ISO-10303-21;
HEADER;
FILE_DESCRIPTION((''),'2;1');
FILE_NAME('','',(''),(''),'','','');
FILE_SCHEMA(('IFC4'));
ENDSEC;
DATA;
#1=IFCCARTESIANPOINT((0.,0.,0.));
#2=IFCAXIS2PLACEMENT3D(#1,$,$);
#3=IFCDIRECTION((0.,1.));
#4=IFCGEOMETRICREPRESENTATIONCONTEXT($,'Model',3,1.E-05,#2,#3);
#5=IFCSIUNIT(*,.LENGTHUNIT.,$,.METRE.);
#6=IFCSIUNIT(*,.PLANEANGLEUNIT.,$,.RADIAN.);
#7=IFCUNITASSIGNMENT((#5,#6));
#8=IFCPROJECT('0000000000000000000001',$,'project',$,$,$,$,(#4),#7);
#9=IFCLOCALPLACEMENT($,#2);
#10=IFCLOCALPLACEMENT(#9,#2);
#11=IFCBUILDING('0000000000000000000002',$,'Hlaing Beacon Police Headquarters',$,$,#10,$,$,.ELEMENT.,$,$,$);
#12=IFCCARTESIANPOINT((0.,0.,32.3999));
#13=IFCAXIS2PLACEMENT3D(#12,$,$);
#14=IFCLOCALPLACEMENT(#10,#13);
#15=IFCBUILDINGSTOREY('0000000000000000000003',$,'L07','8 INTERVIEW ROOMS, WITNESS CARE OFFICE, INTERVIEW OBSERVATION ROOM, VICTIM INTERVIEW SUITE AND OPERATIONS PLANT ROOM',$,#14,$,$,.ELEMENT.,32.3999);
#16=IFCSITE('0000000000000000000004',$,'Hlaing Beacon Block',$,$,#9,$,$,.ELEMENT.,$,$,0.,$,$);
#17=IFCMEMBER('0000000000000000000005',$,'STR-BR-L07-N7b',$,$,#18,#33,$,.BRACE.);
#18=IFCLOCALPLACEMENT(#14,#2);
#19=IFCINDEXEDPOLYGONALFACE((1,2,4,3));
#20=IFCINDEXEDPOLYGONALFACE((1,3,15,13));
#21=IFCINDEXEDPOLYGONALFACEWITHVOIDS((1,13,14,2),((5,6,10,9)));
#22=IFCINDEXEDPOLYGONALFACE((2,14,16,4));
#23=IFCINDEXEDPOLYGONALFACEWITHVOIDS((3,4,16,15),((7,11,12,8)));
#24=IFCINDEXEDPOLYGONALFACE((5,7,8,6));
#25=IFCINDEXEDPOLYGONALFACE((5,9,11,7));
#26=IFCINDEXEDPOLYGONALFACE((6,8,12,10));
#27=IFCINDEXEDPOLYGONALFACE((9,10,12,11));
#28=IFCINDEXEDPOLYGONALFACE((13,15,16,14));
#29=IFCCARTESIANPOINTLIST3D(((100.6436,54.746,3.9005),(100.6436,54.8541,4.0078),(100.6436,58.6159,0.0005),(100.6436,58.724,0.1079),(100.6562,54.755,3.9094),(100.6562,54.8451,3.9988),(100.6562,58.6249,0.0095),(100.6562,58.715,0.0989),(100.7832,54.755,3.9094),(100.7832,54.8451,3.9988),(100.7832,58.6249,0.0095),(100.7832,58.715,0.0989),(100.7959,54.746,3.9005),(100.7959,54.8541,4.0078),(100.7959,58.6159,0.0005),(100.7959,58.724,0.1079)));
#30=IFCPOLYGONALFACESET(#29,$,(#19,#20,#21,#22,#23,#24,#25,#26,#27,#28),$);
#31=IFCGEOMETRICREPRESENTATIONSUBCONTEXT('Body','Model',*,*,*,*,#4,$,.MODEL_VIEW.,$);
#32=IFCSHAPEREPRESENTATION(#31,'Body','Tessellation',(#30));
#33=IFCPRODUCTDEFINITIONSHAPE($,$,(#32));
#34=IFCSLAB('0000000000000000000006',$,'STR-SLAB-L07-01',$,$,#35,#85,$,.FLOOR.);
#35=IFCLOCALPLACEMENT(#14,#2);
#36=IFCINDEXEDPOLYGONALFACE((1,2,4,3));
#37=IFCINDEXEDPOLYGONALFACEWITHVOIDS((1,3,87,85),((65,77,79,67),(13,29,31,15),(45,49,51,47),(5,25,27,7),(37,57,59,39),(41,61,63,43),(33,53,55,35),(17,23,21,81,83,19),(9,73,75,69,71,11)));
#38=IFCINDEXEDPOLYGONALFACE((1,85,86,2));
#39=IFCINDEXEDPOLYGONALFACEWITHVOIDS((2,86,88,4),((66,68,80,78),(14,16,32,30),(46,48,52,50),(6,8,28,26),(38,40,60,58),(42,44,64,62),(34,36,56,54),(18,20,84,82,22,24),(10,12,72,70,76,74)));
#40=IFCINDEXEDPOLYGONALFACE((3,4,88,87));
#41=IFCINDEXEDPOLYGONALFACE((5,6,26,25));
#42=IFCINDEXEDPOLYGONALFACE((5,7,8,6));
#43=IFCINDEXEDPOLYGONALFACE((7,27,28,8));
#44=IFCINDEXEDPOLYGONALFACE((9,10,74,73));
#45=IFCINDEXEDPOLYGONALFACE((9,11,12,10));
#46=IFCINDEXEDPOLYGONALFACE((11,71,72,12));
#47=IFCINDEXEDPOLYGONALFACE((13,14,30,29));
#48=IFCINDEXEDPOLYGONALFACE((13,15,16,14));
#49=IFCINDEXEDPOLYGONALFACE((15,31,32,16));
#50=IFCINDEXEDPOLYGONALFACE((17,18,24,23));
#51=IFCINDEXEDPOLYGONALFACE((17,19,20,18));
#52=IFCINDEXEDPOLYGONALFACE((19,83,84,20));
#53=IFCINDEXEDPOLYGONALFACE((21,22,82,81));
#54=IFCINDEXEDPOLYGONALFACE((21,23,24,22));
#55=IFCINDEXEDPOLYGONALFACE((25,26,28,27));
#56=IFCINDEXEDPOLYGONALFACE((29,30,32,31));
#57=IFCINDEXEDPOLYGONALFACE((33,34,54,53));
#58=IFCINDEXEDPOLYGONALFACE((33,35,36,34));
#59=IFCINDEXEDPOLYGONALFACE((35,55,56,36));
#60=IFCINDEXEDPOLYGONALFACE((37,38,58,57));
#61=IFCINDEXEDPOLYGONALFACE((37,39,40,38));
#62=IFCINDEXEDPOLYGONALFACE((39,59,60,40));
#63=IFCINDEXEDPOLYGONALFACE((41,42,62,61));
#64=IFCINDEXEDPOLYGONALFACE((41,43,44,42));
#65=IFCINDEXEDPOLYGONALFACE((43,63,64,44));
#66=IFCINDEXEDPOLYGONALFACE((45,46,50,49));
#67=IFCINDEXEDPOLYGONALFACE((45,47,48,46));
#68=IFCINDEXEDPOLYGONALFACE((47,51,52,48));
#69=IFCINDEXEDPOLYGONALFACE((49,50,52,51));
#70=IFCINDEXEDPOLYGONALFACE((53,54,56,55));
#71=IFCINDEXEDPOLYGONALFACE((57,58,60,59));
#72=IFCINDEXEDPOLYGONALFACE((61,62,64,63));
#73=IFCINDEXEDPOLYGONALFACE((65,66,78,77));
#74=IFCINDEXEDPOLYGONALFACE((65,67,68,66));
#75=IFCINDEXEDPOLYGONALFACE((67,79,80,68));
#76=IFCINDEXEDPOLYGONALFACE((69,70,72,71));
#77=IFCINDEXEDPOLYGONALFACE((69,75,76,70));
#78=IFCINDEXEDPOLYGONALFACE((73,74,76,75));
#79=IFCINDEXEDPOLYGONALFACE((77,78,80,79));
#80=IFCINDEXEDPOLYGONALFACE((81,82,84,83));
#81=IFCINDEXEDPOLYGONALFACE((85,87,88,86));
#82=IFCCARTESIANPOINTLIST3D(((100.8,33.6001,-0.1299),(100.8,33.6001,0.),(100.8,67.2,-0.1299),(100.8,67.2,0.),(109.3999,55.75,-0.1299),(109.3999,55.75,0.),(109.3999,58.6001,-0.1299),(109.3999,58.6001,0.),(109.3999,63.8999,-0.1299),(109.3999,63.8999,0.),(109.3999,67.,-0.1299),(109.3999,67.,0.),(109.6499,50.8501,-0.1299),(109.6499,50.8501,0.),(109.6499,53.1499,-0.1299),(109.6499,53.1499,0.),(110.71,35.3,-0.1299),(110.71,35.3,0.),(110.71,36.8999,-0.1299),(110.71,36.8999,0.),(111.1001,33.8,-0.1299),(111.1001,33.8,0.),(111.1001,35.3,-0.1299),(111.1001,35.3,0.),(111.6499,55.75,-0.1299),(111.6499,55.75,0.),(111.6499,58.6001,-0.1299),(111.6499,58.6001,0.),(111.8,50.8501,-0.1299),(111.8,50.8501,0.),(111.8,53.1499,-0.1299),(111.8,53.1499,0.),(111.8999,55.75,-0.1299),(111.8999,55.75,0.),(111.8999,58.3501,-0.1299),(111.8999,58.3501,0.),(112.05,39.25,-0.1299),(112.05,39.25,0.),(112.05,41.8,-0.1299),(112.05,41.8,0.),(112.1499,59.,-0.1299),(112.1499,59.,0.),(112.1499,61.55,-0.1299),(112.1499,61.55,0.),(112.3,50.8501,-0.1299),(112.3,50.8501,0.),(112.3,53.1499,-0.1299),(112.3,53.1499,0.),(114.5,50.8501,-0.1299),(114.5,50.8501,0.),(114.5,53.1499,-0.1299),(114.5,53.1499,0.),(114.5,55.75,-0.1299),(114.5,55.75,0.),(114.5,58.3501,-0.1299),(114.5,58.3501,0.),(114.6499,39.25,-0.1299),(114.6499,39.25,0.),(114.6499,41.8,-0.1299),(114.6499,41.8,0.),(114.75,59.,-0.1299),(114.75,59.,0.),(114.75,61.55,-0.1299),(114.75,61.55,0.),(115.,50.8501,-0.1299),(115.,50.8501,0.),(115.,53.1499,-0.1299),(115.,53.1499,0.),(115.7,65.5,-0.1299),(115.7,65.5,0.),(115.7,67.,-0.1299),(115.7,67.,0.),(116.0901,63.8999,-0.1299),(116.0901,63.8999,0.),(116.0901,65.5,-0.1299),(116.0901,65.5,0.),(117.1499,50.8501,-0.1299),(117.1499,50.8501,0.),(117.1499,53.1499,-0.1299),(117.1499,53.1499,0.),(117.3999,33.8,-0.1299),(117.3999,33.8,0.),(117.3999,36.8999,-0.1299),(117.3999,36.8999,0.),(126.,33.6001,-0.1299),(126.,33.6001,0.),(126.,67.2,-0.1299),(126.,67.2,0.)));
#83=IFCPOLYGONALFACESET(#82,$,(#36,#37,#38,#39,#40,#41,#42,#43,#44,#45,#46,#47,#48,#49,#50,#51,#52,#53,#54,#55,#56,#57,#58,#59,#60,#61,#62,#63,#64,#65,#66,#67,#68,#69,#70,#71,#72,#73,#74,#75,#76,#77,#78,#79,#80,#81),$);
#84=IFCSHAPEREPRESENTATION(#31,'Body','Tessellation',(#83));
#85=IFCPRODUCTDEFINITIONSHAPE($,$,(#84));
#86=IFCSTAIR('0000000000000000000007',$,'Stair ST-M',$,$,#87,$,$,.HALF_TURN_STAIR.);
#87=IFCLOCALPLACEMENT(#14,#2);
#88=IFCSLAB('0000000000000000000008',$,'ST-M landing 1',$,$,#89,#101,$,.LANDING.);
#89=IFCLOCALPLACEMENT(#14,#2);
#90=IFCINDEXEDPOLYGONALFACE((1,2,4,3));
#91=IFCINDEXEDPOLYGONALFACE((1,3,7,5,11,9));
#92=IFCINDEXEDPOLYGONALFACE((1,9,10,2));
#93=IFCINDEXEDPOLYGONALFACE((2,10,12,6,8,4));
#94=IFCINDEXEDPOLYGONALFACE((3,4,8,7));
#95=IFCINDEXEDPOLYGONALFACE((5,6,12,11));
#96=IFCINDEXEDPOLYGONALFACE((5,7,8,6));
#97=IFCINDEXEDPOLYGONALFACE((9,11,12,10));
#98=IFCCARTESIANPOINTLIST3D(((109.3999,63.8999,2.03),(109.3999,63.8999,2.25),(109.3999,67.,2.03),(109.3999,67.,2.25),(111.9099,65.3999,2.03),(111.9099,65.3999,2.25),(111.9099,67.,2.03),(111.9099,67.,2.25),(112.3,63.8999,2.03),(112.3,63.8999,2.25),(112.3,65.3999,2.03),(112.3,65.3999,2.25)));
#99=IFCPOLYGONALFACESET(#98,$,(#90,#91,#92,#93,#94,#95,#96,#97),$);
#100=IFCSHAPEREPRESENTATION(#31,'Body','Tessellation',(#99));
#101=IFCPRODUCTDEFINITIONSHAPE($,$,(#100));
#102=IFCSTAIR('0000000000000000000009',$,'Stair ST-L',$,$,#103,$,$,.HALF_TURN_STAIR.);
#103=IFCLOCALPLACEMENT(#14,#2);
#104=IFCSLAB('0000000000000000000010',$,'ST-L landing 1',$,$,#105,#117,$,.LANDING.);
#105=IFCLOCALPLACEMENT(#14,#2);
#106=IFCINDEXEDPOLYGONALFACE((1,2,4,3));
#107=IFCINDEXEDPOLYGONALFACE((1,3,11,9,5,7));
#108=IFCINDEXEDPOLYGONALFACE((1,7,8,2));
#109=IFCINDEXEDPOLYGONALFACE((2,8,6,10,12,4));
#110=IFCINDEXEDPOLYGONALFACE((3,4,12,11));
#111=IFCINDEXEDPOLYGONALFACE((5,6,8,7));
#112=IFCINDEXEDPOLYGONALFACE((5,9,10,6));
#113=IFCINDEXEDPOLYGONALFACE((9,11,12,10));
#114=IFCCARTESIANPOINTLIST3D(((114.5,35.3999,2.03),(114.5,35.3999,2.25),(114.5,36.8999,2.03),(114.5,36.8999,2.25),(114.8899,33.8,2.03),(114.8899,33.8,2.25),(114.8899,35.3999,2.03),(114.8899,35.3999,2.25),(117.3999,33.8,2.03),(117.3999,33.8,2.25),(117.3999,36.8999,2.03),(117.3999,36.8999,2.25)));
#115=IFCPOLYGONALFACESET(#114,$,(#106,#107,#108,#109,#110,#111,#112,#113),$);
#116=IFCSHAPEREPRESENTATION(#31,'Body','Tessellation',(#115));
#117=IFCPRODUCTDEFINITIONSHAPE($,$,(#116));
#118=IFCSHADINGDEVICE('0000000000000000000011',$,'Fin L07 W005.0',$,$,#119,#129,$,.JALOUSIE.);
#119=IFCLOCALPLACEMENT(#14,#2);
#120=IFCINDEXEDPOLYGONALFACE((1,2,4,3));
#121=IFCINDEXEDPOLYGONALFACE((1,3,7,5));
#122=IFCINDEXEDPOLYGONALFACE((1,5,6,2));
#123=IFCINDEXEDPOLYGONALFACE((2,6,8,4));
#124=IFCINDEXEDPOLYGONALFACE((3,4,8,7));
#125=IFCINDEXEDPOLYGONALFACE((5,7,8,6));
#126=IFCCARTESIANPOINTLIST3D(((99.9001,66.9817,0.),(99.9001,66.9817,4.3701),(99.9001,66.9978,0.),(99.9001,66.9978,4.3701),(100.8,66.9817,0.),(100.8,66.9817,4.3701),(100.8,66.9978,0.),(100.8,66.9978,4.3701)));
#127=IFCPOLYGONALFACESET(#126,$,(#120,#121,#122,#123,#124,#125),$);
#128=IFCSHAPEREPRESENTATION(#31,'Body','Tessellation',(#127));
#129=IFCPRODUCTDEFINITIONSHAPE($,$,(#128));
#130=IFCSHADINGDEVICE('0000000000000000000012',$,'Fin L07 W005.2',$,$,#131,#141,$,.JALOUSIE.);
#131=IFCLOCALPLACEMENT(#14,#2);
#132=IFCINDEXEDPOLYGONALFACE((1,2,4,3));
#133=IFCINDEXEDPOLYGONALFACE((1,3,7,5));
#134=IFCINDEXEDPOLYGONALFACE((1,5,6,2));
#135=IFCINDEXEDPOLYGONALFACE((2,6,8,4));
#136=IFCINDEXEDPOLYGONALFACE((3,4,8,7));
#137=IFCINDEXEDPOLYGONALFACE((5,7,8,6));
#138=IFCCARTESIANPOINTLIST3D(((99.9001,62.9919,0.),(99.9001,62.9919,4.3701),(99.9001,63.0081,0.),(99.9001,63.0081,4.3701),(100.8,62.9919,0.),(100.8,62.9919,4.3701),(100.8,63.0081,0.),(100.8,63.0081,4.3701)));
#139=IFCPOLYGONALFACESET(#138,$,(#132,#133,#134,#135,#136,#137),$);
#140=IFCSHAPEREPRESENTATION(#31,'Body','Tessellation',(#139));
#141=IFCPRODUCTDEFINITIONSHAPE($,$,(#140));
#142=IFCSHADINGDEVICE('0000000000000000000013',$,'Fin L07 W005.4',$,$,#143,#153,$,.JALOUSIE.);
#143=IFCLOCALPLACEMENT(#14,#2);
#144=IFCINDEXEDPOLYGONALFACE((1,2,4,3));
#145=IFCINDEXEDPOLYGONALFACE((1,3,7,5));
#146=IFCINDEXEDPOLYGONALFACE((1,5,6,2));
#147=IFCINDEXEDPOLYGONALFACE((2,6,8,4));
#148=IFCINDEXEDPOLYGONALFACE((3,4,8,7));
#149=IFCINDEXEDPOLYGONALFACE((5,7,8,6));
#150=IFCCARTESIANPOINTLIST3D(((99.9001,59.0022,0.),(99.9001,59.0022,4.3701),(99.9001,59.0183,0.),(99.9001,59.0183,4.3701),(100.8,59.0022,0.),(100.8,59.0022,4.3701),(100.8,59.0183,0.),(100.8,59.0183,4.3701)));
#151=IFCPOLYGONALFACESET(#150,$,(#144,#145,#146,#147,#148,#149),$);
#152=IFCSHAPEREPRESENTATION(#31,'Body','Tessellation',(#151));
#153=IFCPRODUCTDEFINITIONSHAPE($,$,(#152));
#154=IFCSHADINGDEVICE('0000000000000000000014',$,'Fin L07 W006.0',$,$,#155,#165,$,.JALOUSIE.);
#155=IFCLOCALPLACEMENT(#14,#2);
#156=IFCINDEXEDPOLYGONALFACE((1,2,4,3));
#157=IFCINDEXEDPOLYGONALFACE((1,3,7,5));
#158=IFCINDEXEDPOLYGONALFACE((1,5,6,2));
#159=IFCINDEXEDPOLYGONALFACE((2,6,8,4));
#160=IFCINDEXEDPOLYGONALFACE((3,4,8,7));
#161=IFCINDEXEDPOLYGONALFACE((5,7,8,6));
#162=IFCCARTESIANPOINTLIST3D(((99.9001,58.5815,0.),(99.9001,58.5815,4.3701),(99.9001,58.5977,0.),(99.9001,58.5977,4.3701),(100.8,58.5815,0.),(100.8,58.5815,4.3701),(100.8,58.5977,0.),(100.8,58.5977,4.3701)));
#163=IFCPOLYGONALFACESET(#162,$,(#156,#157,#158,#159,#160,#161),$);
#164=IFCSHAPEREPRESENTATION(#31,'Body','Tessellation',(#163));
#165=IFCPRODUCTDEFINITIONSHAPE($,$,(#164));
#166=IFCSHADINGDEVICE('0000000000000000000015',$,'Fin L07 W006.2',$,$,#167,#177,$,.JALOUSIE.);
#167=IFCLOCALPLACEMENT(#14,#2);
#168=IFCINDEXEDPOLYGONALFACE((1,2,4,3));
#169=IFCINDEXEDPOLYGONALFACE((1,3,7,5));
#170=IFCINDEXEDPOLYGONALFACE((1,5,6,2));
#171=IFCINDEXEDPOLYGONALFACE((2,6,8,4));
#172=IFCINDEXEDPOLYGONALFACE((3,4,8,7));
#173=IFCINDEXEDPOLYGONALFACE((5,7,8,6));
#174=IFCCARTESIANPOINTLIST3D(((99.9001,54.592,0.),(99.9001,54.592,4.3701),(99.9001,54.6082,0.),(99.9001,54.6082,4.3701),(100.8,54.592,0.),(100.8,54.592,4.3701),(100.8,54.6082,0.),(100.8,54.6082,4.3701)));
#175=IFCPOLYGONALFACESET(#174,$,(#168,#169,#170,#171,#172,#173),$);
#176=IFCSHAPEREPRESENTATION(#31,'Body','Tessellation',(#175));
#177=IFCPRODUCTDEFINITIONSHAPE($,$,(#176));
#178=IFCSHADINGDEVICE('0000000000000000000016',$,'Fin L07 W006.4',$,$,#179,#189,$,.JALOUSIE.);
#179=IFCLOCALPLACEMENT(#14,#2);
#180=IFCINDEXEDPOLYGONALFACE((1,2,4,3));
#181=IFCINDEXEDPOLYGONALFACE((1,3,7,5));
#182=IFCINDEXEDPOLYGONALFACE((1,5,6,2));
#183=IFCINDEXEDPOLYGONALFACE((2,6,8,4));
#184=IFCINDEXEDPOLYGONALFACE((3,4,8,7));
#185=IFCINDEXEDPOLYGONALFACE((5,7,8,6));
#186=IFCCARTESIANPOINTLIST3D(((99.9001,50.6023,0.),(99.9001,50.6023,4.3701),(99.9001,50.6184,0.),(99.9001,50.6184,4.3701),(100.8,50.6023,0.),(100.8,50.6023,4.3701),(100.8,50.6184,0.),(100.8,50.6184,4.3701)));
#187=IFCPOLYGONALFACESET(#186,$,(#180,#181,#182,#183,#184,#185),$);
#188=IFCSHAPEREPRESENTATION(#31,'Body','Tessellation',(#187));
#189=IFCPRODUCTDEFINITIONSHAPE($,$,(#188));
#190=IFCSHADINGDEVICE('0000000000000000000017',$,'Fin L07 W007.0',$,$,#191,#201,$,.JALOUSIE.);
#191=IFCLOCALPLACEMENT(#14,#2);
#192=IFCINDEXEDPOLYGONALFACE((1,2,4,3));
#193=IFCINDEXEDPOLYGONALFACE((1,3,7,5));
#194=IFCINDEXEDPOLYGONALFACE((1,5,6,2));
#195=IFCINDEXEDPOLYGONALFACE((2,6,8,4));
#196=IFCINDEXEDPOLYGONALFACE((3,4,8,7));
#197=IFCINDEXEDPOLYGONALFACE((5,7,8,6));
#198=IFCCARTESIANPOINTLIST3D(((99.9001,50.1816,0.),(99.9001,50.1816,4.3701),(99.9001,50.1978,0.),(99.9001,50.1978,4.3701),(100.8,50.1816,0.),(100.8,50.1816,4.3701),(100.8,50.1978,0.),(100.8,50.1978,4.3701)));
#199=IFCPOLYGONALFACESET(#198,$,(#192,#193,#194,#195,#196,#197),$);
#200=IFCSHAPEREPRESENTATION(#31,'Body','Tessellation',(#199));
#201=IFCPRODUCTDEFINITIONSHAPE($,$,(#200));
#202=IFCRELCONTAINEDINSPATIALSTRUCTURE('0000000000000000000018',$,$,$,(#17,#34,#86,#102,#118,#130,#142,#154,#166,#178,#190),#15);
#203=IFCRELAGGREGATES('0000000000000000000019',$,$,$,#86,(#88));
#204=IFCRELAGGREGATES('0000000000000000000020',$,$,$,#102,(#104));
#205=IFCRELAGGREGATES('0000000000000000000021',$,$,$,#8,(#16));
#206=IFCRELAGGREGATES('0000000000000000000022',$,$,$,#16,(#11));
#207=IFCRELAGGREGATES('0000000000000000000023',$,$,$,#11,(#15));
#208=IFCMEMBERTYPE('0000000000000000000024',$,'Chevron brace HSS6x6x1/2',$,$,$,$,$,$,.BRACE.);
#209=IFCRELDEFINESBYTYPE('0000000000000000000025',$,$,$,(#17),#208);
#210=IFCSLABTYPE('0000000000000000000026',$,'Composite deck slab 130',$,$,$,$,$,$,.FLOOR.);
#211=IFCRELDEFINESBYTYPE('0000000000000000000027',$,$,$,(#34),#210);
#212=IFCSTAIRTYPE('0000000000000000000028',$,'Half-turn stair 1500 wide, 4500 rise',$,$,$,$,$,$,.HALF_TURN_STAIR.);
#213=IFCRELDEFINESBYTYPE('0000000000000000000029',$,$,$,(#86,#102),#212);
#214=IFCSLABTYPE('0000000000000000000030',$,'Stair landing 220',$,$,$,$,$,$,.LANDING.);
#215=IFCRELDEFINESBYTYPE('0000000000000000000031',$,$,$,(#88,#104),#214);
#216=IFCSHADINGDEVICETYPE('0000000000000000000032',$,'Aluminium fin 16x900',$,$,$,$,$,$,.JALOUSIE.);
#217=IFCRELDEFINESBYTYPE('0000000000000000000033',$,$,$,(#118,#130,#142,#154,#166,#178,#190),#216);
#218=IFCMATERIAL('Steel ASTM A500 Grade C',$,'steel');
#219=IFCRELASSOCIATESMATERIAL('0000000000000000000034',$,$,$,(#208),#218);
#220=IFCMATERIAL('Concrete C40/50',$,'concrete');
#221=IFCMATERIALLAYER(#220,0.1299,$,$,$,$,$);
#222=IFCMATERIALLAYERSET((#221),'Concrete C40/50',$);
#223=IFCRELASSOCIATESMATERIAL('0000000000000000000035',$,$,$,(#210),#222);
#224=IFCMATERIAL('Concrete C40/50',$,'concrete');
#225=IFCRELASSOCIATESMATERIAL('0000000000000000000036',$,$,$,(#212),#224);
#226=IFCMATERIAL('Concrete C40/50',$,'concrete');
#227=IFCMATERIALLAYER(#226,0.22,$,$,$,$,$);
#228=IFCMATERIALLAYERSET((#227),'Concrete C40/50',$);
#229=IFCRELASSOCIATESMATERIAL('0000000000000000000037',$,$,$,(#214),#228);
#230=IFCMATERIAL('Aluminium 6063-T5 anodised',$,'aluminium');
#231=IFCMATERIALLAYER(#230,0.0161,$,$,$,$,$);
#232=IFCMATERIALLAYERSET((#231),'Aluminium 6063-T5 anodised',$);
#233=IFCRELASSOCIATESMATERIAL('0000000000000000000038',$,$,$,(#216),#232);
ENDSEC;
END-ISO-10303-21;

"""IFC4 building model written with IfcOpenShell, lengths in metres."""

from ifc_helpers import new_model, si_unit, direction, frame, origin, origin_2d, place, context, subcontext, project, spatial, polyline, rectangle, hollow_rectangle, outline, extrude, material, layer, layer_set, material_profile, profile_set, type_object, element, aggregate, save


model = new_model("IFC4")

# Units and contexts
model_context = context("Model", 3, precision=1e-05, world=origin(), true_north=direction((0.0, 1.0)))
body_context = subcontext(model_context, "Body", "Model", "MODEL_VIEW")
ifc_project = project(units=[si_unit("LENGTHUNIT", "METRE"), si_unit("PLANEANGLEUNIT", "RADIAN")], contexts=[model_context])

# Site, building, storey
site_placement = place(None, origin())
site = spatial("IfcSite", under=ifc_project, at=site_placement, Name="Hlaing Beacon Block", CompositionType="ELEMENT", RefElevation=0.0)
building_placement = place(site_placement, origin())
building = spatial("IfcBuilding", under=site, at=building_placement, Name="Hlaing Beacon Police Headquarters", CompositionType="ELEMENT")
storey_placement = place(building_placement, frame((0.0, 0.0, 32.3999)))
storey = spatial("IfcBuildingStorey", under=building, at=storey_placement, Name="L07", Description="8 INTERVIEW ROOMS, WITNESS CARE OFFICE, INTERVIEW OBSERVATION ROOM, VICTIM INTERVIEW SUITE AND OPERATIONS PLANT ROOM", CompositionType="ELEMENT", Elevation=32.3999)

# Member
ifc_material_1 = material(Name="Steel ASTM A500 Grade C", Category="steel")
ifc_material_profile_1 = material_profile(ifc_material_1, hollow_rectangle(XDim=0.1523, YDim=0.1523, WallThickness=0.0127, at=origin_2d()), Name="HSS6x6x1/2")
ifc_profile_set_1 = profile_set([ifc_material_profile_1], Name="Steel ASTM A500 Grade C")
member_type = type_object("IfcMemberType", Name="Chevron brace HSS6x6x1/2", PredefinedType="BRACE", material=ifc_profile_set_1)
for number, where, z_axis, x_axis, name in (
    (1, (100.7197, 58.6699, 0.0542), (0.0, -0.704369, 0.709834), (1.0, 0.0, 0.0), "STR-BR-L07-N7b"),
):
    element("IfcMember", number, at=place(storey_placement, frame(where, z_axis=z_axis, x_axis=x_axis)), inside=storey, type_object=member_type, Name=name, PredefinedType="BRACE", context=body_context, shape_type="SweptSolid", body=[
        extrude(hollow_rectangle(XDim=0.1523, YDim=0.1523, WallThickness=0.0127, at=origin_2d()), origin(), (0.0, 0.0, 1.0), 5.4941),
    ])

# Slab
ifc_material_2 = material(Name="Concrete C40/50", Category="concrete")
ifc_layer_1 = layer(ifc_material_2, 0.1299)
ifc_layer_set_1 = layer_set([ifc_layer_1], Name="Concrete C40/50")
slab_type_1 = type_object("IfcSlabType", Name="Composite deck slab 130", PredefinedType="FLOOR", material=ifc_layer_set_1)
slab_1_placement = place(storey_placement, frame((0.0, 0.0, -0.1299)))
element("IfcSlab", 2, at=slab_1_placement, inside=storey, type_object=slab_type_1, Name="STR-SLAB-L07-01", PredefinedType="FLOOR", context=body_context, shape_type="SweptSolid", body=[
    extrude(outline(polyline([(100.8, 33.6001), (126.0, 33.6001), (126.0, 67.2), (100.8, 67.2), (100.8, 33.6001)]), holes=[polyline([(109.3999, 55.75), (111.6499, 55.75), (111.6499, 58.6001), (109.3999, 58.6001), (109.3999, 55.75)]), polyline([(109.3999, 63.8999), (116.0901, 63.8999), (116.0901, 65.5), (115.7, 65.5), (115.7, 67.0), (109.3999, 67.0), (109.3999, 63.8999)]), polyline([(109.6499, 50.8501), (111.8, 50.8501), (111.8, 53.1499), (109.6499, 53.1499), (109.6499, 50.8501)]), polyline([(111.1001, 33.8), (117.3999, 33.8), (117.3999, 36.8999), (110.71, 36.8999), (110.71, 35.3), (111.1001, 35.3), (111.1001, 33.8)]), polyline([(111.8999, 55.75), (114.5, 55.75), (114.5, 58.3501), (111.8999, 58.3501), (111.8999, 55.75)]), polyline([(112.05, 39.25), (114.6499, 39.25), (114.6499, 41.8), (112.05, 41.8), (112.05, 39.25)]), polyline([(112.1499, 59.0), (114.75, 59.0), (114.75, 61.55), (112.1499, 61.55), (112.1499, 59.0)]), polyline([(112.3, 50.8501), (114.5, 50.8501), (114.5, 53.1499), (112.3, 53.1499), (112.3, 50.8501)]), polyline([(115.0, 50.8501), (117.1499, 50.8501), (117.1499, 53.1499), (115.0, 53.1499), (115.0, 50.8501)])]), origin(), (0.0, 0.0, 1.0), 0.1299),
])

# Stairs, slabs
ifc_material_3 = material(Name="Concrete C40/50", Category="concrete")
stair_type = type_object("IfcStairType", Name="Half-turn stair 1500 wide, 4500 rise", PredefinedType="HALF_TURN_STAIR", material=ifc_material_3)
stair_1_placement = place(storey_placement, origin())
stair_1 = element("IfcStair", 3, at=stair_1_placement, inside=storey, type_object=stair_type, Name="Stair ST-M", PredefinedType="HALF_TURN_STAIR")
ifc_material_4 = material(Name="Concrete C40/50", Category="concrete")
ifc_layer_2 = layer(ifc_material_4, 0.22)
ifc_layer_set_2 = layer_set([ifc_layer_2], Name="Concrete C40/50")
slab_type_2 = type_object("IfcSlabType", Name="Stair landing 220", PredefinedType="LANDING", material=ifc_layer_set_2)
slab_2_placement = place(storey_placement, frame((0.0, 0.0, 2.03)))
slab_2 = element("IfcSlab", 4, at=slab_2_placement, type_object=slab_type_2, Name="ST-M landing 1", PredefinedType="LANDING", context=body_context, shape_type="SweptSolid", body=[
    extrude(outline(polyline([(111.9099, 67.0), (109.3999, 67.0), (109.3999, 63.8999), (112.3, 63.8999), (112.3, 65.3999), (111.9099, 65.3999), (111.9099, 67.0)])), origin(), (0.0, 0.0, 1.0), 0.22),
])
aggregate(stair_1, [slab_2])
stair_2_placement = place(storey_placement, origin())
stair_2 = element("IfcStair", 5, at=stair_2_placement, inside=storey, type_object=stair_type, Name="Stair ST-L", PredefinedType="HALF_TURN_STAIR")
slab_3_placement = place(storey_placement, frame((0.0, 0.0, 2.03)))
slab_3 = element("IfcSlab", 6, at=slab_3_placement, type_object=slab_type_2, Name="ST-L landing 1", PredefinedType="LANDING", context=body_context, shape_type="SweptSolid", body=[
    extrude(outline(polyline([(114.8899, 33.8), (117.3999, 33.8), (117.3999, 36.8999), (114.5, 36.8999), (114.5, 35.3999), (114.8899, 35.3999), (114.8899, 33.8)])), origin(), (0.0, 0.0, 1.0), 0.22),
])
aggregate(stair_2, [slab_3])

# Shading devices
ifc_material_5 = material(Name="Aluminium 6063-T5 anodised", Category="aluminium")
ifc_layer_3 = layer(ifc_material_5, 0.0161)
ifc_layer_set_3 = layer_set([ifc_layer_3], Name="Aluminium 6063-T5 anodised")
shading_device_type = type_object("IfcShadingDeviceType", Name="Aluminium fin 16x900", PredefinedType="JALOUSIE", material=ifc_layer_set_3)
for number, where, z_axis, x_axis, name in (
    (7, (100.3501, 66.9897, 0.0), (0.0, 0.0, 1.0), (0.0, -1.0, 0.0), "Fin L07 W005.0"),
    (8, (100.3501, 63.0, 0.0), (0.0, 0.0, 1.0), (0.0, -1.0, 0.0), "Fin L07 W005.2"),
    (9, (100.3501, 59.0103, 0.0), (0.0, 0.0, 1.0), (0.0, -1.0, 0.0), "Fin L07 W005.4"),
    (10, (100.3501, 58.5896, 0.0), (0.0, 0.0, 1.0), (0.0, -1.0, 0.0), "Fin L07 W006.0"),
    (11, (100.3501, 54.6001, 0.0), (0.0, 0.0, 1.0), (0.0, -1.0, 0.0), "Fin L07 W006.2"),
    (12, (100.3501, 50.6104, 0.0), (0.0, 0.0, 1.0), (0.0, -1.0, 0.0), "Fin L07 W006.4"),
    (13, (100.3501, 50.1897, 0.0), (0.0, 0.0, 1.0), (0.0, -1.0, 0.0), "Fin L07 W007.0"),
):
    element("IfcShadingDevice", number, at=place(storey_placement, frame(where, z_axis=z_axis, x_axis=x_axis)), inside=storey, type_object=shading_device_type, Name=name, PredefinedType="JALOUSIE", context=body_context, shape_type="SweptSolid", body=[
        extrude(rectangle(XDim=0.0161, YDim=0.8999, at=origin_2d()), origin(), (0.0, 0.0, 1.0), 4.3701),
    ])

save(model, "model.ifc")
